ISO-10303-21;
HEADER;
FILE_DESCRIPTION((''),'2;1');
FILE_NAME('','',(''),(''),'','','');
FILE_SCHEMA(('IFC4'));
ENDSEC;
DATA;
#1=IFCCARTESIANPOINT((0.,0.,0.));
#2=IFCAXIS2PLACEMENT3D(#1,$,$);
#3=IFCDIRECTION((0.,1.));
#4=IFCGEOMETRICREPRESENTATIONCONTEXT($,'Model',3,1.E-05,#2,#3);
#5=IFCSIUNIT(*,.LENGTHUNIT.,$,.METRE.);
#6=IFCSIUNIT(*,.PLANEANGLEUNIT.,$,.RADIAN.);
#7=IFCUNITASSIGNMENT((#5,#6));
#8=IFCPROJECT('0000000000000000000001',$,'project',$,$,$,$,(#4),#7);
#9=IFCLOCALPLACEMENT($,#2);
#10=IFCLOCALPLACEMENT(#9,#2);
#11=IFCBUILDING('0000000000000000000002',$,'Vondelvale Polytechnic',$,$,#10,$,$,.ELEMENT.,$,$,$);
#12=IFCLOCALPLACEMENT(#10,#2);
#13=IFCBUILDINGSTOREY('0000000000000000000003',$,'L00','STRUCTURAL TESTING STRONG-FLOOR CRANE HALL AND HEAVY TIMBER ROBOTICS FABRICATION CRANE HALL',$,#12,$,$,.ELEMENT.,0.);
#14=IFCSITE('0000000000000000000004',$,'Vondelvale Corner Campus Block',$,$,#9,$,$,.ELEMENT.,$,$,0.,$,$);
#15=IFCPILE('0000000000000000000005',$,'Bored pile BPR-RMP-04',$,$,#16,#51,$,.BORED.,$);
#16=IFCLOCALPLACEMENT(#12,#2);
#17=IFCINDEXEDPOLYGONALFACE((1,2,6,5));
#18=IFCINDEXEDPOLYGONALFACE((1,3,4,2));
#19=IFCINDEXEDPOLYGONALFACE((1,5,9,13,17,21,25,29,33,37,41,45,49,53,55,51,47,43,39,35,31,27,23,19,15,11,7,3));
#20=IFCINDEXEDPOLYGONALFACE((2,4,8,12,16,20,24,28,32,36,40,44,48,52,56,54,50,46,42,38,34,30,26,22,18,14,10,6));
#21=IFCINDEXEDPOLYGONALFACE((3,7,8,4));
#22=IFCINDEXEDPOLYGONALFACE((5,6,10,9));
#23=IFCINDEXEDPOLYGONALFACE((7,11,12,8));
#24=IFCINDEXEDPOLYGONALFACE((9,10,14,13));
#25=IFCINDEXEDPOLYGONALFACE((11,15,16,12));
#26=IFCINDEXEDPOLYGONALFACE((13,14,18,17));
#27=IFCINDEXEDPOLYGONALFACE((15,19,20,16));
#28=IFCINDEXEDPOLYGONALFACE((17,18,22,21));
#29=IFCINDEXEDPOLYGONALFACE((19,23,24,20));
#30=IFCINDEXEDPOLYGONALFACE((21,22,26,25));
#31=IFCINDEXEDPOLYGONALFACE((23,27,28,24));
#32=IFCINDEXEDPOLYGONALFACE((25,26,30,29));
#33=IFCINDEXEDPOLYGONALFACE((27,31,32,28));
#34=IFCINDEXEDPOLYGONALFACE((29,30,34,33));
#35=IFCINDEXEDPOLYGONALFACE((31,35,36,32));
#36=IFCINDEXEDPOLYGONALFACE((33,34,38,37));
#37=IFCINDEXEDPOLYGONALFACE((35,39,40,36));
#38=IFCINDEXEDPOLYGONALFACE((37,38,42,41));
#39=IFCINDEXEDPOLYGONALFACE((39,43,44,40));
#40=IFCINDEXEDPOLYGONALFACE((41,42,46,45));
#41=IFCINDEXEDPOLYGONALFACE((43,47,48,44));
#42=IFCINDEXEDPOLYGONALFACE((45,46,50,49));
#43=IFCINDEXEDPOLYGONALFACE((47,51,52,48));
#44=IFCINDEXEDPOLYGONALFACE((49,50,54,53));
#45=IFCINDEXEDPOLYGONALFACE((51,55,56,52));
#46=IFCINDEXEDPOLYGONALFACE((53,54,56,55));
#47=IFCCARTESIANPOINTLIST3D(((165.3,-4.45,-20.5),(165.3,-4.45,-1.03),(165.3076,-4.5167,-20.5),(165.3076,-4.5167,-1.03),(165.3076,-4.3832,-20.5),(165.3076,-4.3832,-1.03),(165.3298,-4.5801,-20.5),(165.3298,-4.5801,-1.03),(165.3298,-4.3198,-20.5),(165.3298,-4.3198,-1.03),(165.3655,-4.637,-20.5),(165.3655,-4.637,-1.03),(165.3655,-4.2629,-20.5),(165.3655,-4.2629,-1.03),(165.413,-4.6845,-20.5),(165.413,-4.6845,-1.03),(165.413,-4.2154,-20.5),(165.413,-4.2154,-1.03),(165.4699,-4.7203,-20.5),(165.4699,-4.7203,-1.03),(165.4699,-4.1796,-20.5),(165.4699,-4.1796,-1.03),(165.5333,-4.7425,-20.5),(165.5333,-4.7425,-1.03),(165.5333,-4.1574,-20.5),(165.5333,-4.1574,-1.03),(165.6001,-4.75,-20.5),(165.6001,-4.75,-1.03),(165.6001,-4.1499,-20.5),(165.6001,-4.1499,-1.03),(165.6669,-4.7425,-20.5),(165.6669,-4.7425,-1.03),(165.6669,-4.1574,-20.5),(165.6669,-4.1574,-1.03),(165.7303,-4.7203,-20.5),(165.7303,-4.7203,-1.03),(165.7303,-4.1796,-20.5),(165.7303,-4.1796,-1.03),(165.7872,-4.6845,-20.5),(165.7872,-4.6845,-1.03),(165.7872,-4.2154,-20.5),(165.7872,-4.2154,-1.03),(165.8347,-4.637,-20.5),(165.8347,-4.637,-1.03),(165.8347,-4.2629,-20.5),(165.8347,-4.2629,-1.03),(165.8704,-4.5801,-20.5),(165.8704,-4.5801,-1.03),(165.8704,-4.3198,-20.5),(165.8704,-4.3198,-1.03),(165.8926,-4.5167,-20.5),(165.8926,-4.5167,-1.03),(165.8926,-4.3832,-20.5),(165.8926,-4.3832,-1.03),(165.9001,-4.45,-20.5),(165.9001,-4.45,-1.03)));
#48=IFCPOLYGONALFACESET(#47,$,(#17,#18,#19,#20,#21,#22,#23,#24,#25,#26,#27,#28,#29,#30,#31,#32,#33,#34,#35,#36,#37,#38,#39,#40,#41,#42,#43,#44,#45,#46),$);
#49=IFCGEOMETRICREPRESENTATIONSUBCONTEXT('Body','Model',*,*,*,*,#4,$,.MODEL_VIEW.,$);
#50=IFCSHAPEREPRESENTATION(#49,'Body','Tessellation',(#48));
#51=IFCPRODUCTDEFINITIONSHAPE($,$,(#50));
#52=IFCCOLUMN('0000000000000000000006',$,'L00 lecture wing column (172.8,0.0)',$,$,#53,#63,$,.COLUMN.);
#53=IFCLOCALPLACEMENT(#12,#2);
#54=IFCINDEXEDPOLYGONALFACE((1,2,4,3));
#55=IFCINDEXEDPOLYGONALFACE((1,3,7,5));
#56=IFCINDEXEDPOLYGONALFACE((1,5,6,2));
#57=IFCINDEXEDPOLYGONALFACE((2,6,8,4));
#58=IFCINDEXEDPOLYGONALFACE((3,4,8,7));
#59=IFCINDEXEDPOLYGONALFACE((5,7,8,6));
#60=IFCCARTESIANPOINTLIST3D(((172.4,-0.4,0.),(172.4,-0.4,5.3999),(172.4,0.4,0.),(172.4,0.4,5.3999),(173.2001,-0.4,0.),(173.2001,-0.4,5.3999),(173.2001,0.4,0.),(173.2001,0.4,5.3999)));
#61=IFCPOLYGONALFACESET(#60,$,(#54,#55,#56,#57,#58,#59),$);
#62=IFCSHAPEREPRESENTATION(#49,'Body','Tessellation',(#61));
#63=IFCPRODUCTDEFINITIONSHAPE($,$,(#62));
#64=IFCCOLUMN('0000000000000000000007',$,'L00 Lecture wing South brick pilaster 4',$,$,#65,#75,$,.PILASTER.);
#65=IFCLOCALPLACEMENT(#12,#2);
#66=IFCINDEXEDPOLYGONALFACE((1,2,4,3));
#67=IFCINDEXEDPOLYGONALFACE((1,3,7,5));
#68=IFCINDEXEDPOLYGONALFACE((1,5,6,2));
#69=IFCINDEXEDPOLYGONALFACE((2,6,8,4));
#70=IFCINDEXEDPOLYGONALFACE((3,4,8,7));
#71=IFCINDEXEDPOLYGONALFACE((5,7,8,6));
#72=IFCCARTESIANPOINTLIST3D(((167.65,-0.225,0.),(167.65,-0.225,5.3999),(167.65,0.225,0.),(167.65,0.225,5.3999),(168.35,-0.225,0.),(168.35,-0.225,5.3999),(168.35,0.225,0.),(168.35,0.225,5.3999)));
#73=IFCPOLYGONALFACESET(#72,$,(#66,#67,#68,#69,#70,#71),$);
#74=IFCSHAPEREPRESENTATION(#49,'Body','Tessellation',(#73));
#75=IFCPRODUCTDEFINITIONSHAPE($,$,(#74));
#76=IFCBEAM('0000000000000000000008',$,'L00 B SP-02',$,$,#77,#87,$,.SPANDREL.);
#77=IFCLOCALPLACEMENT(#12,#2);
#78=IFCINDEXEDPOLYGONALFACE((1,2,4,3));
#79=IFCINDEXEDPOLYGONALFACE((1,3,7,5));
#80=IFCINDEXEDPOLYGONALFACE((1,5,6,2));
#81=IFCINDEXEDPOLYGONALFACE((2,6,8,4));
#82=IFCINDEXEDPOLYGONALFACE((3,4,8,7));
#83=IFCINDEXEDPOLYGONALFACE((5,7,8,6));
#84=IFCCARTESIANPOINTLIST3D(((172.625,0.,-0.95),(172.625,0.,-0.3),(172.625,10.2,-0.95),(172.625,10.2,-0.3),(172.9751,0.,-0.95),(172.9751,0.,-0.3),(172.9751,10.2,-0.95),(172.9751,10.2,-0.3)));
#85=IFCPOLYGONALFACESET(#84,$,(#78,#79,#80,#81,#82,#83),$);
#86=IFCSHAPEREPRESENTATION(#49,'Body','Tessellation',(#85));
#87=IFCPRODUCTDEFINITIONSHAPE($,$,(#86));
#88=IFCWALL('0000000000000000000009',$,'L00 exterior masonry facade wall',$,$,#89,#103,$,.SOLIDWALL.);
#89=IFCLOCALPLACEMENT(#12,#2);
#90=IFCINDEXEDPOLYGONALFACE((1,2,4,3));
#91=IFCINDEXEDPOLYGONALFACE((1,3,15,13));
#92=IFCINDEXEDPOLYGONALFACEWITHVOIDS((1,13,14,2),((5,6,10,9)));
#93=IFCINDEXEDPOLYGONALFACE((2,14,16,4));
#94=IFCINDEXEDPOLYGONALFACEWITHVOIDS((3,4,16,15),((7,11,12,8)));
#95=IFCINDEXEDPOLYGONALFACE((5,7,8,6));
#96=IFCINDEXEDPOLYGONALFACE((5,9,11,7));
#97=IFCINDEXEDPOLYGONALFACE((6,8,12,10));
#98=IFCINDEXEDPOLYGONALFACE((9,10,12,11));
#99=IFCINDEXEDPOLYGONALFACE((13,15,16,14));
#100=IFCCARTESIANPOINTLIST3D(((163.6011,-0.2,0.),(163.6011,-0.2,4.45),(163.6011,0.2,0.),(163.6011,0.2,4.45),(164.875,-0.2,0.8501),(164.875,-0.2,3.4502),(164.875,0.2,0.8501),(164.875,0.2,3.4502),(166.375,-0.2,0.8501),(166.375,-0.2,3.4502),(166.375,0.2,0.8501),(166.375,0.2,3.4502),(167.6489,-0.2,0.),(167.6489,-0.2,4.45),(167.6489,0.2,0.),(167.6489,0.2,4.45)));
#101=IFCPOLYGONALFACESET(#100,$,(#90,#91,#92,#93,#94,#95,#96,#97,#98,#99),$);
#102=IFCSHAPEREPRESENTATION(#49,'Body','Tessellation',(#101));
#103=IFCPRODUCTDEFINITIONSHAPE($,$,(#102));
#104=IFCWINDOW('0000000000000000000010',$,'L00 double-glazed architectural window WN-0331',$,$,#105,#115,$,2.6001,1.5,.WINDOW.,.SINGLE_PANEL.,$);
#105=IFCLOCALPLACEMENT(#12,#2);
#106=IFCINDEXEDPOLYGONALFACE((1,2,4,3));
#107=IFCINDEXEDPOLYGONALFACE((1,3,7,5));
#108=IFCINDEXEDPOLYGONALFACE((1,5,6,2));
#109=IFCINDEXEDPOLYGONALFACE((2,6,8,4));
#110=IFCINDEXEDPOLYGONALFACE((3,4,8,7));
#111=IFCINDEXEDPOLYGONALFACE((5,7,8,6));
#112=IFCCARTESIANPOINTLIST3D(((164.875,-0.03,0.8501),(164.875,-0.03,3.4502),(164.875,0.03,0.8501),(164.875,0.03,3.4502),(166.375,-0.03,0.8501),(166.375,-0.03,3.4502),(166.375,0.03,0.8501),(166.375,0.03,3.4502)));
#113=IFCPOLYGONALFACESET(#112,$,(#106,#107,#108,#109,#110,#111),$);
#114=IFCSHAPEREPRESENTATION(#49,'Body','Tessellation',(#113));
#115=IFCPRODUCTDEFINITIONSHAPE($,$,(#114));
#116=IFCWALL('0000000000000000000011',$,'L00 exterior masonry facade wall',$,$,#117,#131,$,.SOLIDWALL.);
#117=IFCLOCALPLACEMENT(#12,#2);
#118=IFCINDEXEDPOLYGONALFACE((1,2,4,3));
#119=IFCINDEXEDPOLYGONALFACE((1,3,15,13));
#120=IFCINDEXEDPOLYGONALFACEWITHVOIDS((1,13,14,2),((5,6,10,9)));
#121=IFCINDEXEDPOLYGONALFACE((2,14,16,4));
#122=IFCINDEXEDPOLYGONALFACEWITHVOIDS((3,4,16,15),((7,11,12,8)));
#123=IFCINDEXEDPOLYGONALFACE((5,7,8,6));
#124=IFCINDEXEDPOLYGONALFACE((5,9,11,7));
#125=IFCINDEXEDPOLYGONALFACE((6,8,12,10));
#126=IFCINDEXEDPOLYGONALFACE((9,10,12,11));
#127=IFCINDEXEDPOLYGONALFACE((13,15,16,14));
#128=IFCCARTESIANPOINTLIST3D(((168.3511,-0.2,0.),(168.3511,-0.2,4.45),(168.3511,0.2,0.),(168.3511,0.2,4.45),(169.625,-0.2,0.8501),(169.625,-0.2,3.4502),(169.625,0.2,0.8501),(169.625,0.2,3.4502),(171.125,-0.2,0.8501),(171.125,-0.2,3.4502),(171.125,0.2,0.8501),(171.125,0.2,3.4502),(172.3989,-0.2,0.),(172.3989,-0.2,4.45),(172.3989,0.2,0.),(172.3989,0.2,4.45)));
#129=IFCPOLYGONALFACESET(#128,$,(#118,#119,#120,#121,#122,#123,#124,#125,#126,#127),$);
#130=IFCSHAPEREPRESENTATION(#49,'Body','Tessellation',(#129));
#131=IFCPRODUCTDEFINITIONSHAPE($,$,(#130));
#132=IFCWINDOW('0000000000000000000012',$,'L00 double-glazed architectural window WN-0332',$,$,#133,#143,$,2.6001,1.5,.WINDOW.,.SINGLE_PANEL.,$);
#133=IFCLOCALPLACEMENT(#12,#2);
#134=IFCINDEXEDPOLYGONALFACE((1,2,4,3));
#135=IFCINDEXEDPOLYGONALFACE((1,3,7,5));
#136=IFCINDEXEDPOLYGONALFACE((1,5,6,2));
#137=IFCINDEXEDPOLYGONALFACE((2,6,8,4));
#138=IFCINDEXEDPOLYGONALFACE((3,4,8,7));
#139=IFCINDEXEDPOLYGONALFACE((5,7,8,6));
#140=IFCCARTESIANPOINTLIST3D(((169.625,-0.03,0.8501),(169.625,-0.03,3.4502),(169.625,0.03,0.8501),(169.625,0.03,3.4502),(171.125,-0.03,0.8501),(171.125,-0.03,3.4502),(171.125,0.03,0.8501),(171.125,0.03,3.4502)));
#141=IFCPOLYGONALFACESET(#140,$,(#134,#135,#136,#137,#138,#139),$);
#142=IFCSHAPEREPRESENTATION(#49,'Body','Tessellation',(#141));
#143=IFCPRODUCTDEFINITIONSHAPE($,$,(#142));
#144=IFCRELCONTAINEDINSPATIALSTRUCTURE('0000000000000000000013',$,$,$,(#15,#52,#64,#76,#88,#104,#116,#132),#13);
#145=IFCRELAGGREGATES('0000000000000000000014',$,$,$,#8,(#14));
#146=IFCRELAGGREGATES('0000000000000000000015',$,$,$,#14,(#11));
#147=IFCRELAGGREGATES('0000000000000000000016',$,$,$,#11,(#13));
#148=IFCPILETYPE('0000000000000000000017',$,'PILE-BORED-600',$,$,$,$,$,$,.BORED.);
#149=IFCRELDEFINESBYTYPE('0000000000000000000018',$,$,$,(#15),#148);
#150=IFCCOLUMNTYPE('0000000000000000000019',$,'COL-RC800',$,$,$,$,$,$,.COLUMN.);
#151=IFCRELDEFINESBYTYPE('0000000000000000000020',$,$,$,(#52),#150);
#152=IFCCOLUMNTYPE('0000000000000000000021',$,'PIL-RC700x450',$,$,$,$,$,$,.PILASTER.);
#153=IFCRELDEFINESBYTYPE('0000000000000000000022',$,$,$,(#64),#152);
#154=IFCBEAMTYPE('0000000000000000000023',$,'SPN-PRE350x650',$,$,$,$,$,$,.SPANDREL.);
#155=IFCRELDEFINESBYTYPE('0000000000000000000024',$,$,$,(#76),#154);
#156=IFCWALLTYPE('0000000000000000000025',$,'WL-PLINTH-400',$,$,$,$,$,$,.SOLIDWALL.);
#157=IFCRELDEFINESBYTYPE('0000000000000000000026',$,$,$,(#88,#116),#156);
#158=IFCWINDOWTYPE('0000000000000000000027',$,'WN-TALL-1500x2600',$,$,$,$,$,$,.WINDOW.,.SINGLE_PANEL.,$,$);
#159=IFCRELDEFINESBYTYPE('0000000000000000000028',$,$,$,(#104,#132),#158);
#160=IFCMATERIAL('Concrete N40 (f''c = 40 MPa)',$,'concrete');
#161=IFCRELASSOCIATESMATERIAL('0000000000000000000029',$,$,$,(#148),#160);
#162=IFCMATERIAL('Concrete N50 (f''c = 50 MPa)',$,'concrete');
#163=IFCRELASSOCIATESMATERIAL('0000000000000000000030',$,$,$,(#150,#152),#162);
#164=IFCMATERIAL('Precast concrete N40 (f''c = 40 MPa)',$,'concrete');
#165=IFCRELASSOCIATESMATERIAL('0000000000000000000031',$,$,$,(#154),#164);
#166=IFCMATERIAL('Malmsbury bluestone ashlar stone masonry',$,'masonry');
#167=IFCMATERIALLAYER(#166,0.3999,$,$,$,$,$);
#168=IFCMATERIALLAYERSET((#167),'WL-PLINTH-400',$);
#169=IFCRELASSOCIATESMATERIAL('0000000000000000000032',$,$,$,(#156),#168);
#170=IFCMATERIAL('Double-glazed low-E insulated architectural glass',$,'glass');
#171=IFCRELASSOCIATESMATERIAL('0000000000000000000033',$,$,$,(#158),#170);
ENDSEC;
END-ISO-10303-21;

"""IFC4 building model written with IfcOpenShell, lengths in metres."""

from ifc_helpers import new_model, si_unit, direction, frame, frame_2d, origin, origin_2d, place, context, subcontext, project, spatial, rectangle, circle, extrude, material, layer, layer_set, material_profile, profile_set, type_object, element, fill, save


model = new_model("IFC4")

# Units and contexts
model_context = context("Model", 3, precision=1e-05, world=origin(), true_north=direction((0.0, 1.0)))
body_context = subcontext(model_context, "Body", "Model", "MODEL_VIEW")
ifc_project = project(units=[si_unit("LENGTHUNIT", "METRE"), si_unit("PLANEANGLEUNIT", "RADIAN")], contexts=[model_context])

# Site, building, storey
site_placement = place(None, origin())
site = spatial("IfcSite", under=ifc_project, at=site_placement, Name="Vondelvale Corner Campus Block", CompositionType="ELEMENT", RefElevation=0.0)
building_placement = place(site_placement, origin())
building = spatial("IfcBuilding", under=site, at=building_placement, Name="Vondelvale Polytechnic", CompositionType="ELEMENT")
storey_placement = place(building_placement, origin())
storey = spatial("IfcBuildingStorey", under=building, at=storey_placement, Name="L00", Description="STRUCTURAL TESTING STRONG-FLOOR CRANE HALL AND HEAVY TIMBER ROBOTICS FABRICATION CRANE HALL", CompositionType="ELEMENT", Elevation=0.0)

# Pile
ifc_material_1 = material(Name="Concrete N40 (f'c = 40 MPa)", Category="concrete")
ifc_material_profile_1 = material_profile(ifc_material_1, circle(Radius=0.3, at=origin_2d()), Name="PILE-D600")
ifc_profile_set_1 = profile_set([ifc_material_profile_1], Name="Concrete N40 (f'c = 40 MPa)")
pile_type = type_object("IfcPileType", Name="PILE-BORED-600", PredefinedType="BORED", material=ifc_profile_set_1)
pile_placement = place(storey_placement, frame((165.6001, -4.45, -1.03), z_axis=(0.0, 0.0, -1.0), x_axis=(1.0, 0.0, 0.0)))
element("IfcPile", 1, at=pile_placement, inside=storey, type_object=pile_type, Name="Bored pile BPR-RMP-04", PredefinedType="BORED", context=body_context, shape_type="SweptSolid", body=[
    extrude(circle(Radius=0.3, at=origin_2d()), origin(), (0.0, 0.0, 1.0), 19.47),
])

# Columns
ifc_material_2 = material(Name="Concrete N50 (f'c = 50 MPa)", Category="concrete")
ifc_material_profile_2 = material_profile(ifc_material_2, rectangle(XDim=0.8, YDim=0.8, at=origin_2d()), Name="RC-COL-800x800")
ifc_profile_set_2 = profile_set([ifc_material_profile_2], Name="Concrete N50 (f'c = 50 MPa)")
column_type_1 = type_object("IfcColumnType", Name="COL-RC800", PredefinedType="COLUMN", material=ifc_profile_set_2)
column_1_placement = place(storey_placement, frame((172.8, 0.0, 0.0), z_axis=(0.0, 0.0, 1.0), x_axis=(1.0, 0.0, 0.0)))
element("IfcColumn", 2, at=column_1_placement, inside=storey, type_object=column_type_1, Name="L00 lecture wing column (172.8,0.0)", PredefinedType="COLUMN", context=body_context, shape_type="SweptSolid", body=[
    extrude(rectangle(XDim=0.8, YDim=0.8, at=origin_2d()), origin(), (0.0, 0.0, 1.0), 5.3999),
])
ifc_material_profile_3 = material_profile(ifc_material_2, rectangle(XDim=0.45, YDim=0.7, at=origin_2d()), Name="RC-PIL-700x450")
ifc_profile_set_3 = profile_set([ifc_material_profile_3], Name="Concrete N50 (f'c = 50 MPa)")
column_type_2 = type_object("IfcColumnType", Name="PIL-RC700x450", PredefinedType="PILASTER", material=ifc_profile_set_3)
column_2_placement = place(storey_placement, frame((168.0, 0.0, 0.0), z_axis=(0.0, 0.0, 1.0), x_axis=(0.0, 1.0, 0.0)))
element("IfcColumn", 3, at=column_2_placement, inside=storey, type_object=column_type_2, Name="L00 Lecture wing South brick pilaster 4", PredefinedType="PILASTER", context=body_context, shape_type="SweptSolid", body=[
    extrude(rectangle(XDim=0.45, YDim=0.7, at=origin_2d()), origin(), (0.0, 0.0, 1.0), 5.3999),
])

# Beam
ifc_material_3 = material(Name="Precast concrete N40 (f'c = 40 MPa)", Category="concrete")
ifc_material_profile_4 = material_profile(ifc_material_3, rectangle(XDim=0.3501, YDim=0.6499, at=origin_2d()), Name="RC-SPN-350x650")
ifc_profile_set_4 = profile_set([ifc_material_profile_4], Name="Precast concrete N40 (f'c = 40 MPa)")
beam_type = type_object("IfcBeamType", Name="SPN-PRE350x650", PredefinedType="SPANDREL", material=ifc_profile_set_4)
beam_placement = place(storey_placement, frame((172.8, 0.0, -0.625), z_axis=(0.0, 1.0, 0.0), x_axis=(-1.0, 0.0, 0.0)))
element("IfcBeam", 4, at=beam_placement, inside=storey, type_object=beam_type, Name="L00 B SP-02", PredefinedType="SPANDREL", context=body_context, shape_type="SweptSolid", body=[
    extrude(rectangle(XDim=0.3501, YDim=0.6499, at=origin_2d()), origin(), (0.0, 0.0, 1.0), 10.2),
])

# Walls, openings, windows
ifc_material_4 = material(Name="Malmsbury bluestone ashlar stone masonry", Category="masonry")
ifc_layer_1 = layer(ifc_material_4, 0.3999)
ifc_layer_set_1 = layer_set([ifc_layer_1], Name="WL-PLINTH-400")
wall_type = type_object("IfcWallType", Name="WL-PLINTH-400", PredefinedType="SOLIDWALL", material=ifc_layer_set_1)
wall_1_placement = place(storey_placement, frame((167.6489, 0.0, 0.0), z_axis=(0.0, 0.0, 1.0), x_axis=(-1.0, 0.0, 0.0)))
wall_1 = element("IfcWall", 5, at=wall_1_placement, inside=storey, type_object=wall_type, Name="L00 exterior masonry facade wall", PredefinedType="SOLIDWALL", context=body_context, shape_type="SweptSolid", body=[
    extrude(rectangle(XDim=4.0479, YDim=0.3999, at=frame_2d((2.0239, 0.0))), origin(), (0.0, 0.0, 1.0), 4.45),
])
opening_1_placement = place(wall_1_placement, frame((1.2739, 0.0, 0.8501)))
opening_1 = element("IfcOpeningElement", 6, at=opening_1_placement, cuts=wall_1, PredefinedType="OPENING", context=body_context, shape_type="SweptSolid", body=[
    extrude(rectangle(XDim=1.5, YDim=2.6001, at=frame_2d((0.75, 1.3))), frame((0.0, 0.21, 0.0), z_axis=(0.0, -1.0, 0.0), x_axis=(1.0, 0.0, 0.0)), (0.0, 0.0, 1.0), 0.4199),
])
ifc_material_5 = material(Name="Double-glazed low-E insulated architectural glass", Category="glass")
window_type = type_object("IfcWindowType", Name="WN-TALL-1500x2600", PartitioningType="SINGLE_PANEL", PredefinedType="WINDOW", material=ifc_material_5)
window_1_placement = place(opening_1_placement, origin())
window_1 = element("IfcWindow", 7, at=window_1_placement, inside=storey, type_object=window_type, Name="L00 double-glazed architectural window WN-0331", OverallHeight=2.6001, OverallWidth=1.5, PartitioningType="SINGLE_PANEL", PredefinedType="WINDOW", context=body_context, shape_type="SweptSolid", body=[
    extrude(rectangle(XDim=1.5, YDim=2.6001, at=frame_2d((0.75, 1.3))), frame((0.0, 0.03, 0.0), z_axis=(0.0, -1.0, 0.0), x_axis=(1.0, 0.0, 0.0)), (0.0, 0.0, 1.0), 0.0601),
])
fill(opening_1, window_1)
wall_2_placement = place(storey_placement, frame((172.3989, 0.0, 0.0), z_axis=(0.0, 0.0, 1.0), x_axis=(-1.0, 0.0, 0.0)))
wall_2 = element("IfcWall", 8, at=wall_2_placement, inside=storey, type_object=wall_type, Name="L00 exterior masonry facade wall", PredefinedType="SOLIDWALL", context=body_context, shape_type="SweptSolid", body=[
    extrude(rectangle(XDim=4.0479, YDim=0.3999, at=frame_2d((2.0239, 0.0))), origin(), (0.0, 0.0, 1.0), 4.45),
])
opening_2_placement = place(wall_2_placement, frame((1.2739, 0.0, 0.8501)))
opening_2 = element("IfcOpeningElement", 9, at=opening_2_placement, cuts=wall_2, PredefinedType="OPENING", context=body_context, shape_type="SweptSolid", body=[
    extrude(rectangle(XDim=1.5, YDim=2.6001, at=frame_2d((0.75, 1.3))), frame((0.0, 0.21, 0.0), z_axis=(0.0, -1.0, 0.0), x_axis=(1.0, 0.0, 0.0)), (0.0, 0.0, 1.0), 0.4199),
])
window_2_placement = place(opening_2_placement, origin())
window_2 = element("IfcWindow", 10, at=window_2_placement, inside=storey, type_object=window_type, Name="L00 double-glazed architectural window WN-0332", OverallHeight=2.6001, OverallWidth=1.5, PartitioningType="SINGLE_PANEL", PredefinedType="WINDOW", context=body_context, shape_type="SweptSolid", body=[
    extrude(rectangle(XDim=1.5, YDim=2.6001, at=frame_2d((0.75, 1.3))), frame((0.0, 0.03, 0.0), z_axis=(0.0, -1.0, 0.0), x_axis=(1.0, 0.0, 0.0)), (0.0, 0.0, 1.0), 0.0601),
])
fill(opening_2, window_2)

save(model, "model.ifc")
